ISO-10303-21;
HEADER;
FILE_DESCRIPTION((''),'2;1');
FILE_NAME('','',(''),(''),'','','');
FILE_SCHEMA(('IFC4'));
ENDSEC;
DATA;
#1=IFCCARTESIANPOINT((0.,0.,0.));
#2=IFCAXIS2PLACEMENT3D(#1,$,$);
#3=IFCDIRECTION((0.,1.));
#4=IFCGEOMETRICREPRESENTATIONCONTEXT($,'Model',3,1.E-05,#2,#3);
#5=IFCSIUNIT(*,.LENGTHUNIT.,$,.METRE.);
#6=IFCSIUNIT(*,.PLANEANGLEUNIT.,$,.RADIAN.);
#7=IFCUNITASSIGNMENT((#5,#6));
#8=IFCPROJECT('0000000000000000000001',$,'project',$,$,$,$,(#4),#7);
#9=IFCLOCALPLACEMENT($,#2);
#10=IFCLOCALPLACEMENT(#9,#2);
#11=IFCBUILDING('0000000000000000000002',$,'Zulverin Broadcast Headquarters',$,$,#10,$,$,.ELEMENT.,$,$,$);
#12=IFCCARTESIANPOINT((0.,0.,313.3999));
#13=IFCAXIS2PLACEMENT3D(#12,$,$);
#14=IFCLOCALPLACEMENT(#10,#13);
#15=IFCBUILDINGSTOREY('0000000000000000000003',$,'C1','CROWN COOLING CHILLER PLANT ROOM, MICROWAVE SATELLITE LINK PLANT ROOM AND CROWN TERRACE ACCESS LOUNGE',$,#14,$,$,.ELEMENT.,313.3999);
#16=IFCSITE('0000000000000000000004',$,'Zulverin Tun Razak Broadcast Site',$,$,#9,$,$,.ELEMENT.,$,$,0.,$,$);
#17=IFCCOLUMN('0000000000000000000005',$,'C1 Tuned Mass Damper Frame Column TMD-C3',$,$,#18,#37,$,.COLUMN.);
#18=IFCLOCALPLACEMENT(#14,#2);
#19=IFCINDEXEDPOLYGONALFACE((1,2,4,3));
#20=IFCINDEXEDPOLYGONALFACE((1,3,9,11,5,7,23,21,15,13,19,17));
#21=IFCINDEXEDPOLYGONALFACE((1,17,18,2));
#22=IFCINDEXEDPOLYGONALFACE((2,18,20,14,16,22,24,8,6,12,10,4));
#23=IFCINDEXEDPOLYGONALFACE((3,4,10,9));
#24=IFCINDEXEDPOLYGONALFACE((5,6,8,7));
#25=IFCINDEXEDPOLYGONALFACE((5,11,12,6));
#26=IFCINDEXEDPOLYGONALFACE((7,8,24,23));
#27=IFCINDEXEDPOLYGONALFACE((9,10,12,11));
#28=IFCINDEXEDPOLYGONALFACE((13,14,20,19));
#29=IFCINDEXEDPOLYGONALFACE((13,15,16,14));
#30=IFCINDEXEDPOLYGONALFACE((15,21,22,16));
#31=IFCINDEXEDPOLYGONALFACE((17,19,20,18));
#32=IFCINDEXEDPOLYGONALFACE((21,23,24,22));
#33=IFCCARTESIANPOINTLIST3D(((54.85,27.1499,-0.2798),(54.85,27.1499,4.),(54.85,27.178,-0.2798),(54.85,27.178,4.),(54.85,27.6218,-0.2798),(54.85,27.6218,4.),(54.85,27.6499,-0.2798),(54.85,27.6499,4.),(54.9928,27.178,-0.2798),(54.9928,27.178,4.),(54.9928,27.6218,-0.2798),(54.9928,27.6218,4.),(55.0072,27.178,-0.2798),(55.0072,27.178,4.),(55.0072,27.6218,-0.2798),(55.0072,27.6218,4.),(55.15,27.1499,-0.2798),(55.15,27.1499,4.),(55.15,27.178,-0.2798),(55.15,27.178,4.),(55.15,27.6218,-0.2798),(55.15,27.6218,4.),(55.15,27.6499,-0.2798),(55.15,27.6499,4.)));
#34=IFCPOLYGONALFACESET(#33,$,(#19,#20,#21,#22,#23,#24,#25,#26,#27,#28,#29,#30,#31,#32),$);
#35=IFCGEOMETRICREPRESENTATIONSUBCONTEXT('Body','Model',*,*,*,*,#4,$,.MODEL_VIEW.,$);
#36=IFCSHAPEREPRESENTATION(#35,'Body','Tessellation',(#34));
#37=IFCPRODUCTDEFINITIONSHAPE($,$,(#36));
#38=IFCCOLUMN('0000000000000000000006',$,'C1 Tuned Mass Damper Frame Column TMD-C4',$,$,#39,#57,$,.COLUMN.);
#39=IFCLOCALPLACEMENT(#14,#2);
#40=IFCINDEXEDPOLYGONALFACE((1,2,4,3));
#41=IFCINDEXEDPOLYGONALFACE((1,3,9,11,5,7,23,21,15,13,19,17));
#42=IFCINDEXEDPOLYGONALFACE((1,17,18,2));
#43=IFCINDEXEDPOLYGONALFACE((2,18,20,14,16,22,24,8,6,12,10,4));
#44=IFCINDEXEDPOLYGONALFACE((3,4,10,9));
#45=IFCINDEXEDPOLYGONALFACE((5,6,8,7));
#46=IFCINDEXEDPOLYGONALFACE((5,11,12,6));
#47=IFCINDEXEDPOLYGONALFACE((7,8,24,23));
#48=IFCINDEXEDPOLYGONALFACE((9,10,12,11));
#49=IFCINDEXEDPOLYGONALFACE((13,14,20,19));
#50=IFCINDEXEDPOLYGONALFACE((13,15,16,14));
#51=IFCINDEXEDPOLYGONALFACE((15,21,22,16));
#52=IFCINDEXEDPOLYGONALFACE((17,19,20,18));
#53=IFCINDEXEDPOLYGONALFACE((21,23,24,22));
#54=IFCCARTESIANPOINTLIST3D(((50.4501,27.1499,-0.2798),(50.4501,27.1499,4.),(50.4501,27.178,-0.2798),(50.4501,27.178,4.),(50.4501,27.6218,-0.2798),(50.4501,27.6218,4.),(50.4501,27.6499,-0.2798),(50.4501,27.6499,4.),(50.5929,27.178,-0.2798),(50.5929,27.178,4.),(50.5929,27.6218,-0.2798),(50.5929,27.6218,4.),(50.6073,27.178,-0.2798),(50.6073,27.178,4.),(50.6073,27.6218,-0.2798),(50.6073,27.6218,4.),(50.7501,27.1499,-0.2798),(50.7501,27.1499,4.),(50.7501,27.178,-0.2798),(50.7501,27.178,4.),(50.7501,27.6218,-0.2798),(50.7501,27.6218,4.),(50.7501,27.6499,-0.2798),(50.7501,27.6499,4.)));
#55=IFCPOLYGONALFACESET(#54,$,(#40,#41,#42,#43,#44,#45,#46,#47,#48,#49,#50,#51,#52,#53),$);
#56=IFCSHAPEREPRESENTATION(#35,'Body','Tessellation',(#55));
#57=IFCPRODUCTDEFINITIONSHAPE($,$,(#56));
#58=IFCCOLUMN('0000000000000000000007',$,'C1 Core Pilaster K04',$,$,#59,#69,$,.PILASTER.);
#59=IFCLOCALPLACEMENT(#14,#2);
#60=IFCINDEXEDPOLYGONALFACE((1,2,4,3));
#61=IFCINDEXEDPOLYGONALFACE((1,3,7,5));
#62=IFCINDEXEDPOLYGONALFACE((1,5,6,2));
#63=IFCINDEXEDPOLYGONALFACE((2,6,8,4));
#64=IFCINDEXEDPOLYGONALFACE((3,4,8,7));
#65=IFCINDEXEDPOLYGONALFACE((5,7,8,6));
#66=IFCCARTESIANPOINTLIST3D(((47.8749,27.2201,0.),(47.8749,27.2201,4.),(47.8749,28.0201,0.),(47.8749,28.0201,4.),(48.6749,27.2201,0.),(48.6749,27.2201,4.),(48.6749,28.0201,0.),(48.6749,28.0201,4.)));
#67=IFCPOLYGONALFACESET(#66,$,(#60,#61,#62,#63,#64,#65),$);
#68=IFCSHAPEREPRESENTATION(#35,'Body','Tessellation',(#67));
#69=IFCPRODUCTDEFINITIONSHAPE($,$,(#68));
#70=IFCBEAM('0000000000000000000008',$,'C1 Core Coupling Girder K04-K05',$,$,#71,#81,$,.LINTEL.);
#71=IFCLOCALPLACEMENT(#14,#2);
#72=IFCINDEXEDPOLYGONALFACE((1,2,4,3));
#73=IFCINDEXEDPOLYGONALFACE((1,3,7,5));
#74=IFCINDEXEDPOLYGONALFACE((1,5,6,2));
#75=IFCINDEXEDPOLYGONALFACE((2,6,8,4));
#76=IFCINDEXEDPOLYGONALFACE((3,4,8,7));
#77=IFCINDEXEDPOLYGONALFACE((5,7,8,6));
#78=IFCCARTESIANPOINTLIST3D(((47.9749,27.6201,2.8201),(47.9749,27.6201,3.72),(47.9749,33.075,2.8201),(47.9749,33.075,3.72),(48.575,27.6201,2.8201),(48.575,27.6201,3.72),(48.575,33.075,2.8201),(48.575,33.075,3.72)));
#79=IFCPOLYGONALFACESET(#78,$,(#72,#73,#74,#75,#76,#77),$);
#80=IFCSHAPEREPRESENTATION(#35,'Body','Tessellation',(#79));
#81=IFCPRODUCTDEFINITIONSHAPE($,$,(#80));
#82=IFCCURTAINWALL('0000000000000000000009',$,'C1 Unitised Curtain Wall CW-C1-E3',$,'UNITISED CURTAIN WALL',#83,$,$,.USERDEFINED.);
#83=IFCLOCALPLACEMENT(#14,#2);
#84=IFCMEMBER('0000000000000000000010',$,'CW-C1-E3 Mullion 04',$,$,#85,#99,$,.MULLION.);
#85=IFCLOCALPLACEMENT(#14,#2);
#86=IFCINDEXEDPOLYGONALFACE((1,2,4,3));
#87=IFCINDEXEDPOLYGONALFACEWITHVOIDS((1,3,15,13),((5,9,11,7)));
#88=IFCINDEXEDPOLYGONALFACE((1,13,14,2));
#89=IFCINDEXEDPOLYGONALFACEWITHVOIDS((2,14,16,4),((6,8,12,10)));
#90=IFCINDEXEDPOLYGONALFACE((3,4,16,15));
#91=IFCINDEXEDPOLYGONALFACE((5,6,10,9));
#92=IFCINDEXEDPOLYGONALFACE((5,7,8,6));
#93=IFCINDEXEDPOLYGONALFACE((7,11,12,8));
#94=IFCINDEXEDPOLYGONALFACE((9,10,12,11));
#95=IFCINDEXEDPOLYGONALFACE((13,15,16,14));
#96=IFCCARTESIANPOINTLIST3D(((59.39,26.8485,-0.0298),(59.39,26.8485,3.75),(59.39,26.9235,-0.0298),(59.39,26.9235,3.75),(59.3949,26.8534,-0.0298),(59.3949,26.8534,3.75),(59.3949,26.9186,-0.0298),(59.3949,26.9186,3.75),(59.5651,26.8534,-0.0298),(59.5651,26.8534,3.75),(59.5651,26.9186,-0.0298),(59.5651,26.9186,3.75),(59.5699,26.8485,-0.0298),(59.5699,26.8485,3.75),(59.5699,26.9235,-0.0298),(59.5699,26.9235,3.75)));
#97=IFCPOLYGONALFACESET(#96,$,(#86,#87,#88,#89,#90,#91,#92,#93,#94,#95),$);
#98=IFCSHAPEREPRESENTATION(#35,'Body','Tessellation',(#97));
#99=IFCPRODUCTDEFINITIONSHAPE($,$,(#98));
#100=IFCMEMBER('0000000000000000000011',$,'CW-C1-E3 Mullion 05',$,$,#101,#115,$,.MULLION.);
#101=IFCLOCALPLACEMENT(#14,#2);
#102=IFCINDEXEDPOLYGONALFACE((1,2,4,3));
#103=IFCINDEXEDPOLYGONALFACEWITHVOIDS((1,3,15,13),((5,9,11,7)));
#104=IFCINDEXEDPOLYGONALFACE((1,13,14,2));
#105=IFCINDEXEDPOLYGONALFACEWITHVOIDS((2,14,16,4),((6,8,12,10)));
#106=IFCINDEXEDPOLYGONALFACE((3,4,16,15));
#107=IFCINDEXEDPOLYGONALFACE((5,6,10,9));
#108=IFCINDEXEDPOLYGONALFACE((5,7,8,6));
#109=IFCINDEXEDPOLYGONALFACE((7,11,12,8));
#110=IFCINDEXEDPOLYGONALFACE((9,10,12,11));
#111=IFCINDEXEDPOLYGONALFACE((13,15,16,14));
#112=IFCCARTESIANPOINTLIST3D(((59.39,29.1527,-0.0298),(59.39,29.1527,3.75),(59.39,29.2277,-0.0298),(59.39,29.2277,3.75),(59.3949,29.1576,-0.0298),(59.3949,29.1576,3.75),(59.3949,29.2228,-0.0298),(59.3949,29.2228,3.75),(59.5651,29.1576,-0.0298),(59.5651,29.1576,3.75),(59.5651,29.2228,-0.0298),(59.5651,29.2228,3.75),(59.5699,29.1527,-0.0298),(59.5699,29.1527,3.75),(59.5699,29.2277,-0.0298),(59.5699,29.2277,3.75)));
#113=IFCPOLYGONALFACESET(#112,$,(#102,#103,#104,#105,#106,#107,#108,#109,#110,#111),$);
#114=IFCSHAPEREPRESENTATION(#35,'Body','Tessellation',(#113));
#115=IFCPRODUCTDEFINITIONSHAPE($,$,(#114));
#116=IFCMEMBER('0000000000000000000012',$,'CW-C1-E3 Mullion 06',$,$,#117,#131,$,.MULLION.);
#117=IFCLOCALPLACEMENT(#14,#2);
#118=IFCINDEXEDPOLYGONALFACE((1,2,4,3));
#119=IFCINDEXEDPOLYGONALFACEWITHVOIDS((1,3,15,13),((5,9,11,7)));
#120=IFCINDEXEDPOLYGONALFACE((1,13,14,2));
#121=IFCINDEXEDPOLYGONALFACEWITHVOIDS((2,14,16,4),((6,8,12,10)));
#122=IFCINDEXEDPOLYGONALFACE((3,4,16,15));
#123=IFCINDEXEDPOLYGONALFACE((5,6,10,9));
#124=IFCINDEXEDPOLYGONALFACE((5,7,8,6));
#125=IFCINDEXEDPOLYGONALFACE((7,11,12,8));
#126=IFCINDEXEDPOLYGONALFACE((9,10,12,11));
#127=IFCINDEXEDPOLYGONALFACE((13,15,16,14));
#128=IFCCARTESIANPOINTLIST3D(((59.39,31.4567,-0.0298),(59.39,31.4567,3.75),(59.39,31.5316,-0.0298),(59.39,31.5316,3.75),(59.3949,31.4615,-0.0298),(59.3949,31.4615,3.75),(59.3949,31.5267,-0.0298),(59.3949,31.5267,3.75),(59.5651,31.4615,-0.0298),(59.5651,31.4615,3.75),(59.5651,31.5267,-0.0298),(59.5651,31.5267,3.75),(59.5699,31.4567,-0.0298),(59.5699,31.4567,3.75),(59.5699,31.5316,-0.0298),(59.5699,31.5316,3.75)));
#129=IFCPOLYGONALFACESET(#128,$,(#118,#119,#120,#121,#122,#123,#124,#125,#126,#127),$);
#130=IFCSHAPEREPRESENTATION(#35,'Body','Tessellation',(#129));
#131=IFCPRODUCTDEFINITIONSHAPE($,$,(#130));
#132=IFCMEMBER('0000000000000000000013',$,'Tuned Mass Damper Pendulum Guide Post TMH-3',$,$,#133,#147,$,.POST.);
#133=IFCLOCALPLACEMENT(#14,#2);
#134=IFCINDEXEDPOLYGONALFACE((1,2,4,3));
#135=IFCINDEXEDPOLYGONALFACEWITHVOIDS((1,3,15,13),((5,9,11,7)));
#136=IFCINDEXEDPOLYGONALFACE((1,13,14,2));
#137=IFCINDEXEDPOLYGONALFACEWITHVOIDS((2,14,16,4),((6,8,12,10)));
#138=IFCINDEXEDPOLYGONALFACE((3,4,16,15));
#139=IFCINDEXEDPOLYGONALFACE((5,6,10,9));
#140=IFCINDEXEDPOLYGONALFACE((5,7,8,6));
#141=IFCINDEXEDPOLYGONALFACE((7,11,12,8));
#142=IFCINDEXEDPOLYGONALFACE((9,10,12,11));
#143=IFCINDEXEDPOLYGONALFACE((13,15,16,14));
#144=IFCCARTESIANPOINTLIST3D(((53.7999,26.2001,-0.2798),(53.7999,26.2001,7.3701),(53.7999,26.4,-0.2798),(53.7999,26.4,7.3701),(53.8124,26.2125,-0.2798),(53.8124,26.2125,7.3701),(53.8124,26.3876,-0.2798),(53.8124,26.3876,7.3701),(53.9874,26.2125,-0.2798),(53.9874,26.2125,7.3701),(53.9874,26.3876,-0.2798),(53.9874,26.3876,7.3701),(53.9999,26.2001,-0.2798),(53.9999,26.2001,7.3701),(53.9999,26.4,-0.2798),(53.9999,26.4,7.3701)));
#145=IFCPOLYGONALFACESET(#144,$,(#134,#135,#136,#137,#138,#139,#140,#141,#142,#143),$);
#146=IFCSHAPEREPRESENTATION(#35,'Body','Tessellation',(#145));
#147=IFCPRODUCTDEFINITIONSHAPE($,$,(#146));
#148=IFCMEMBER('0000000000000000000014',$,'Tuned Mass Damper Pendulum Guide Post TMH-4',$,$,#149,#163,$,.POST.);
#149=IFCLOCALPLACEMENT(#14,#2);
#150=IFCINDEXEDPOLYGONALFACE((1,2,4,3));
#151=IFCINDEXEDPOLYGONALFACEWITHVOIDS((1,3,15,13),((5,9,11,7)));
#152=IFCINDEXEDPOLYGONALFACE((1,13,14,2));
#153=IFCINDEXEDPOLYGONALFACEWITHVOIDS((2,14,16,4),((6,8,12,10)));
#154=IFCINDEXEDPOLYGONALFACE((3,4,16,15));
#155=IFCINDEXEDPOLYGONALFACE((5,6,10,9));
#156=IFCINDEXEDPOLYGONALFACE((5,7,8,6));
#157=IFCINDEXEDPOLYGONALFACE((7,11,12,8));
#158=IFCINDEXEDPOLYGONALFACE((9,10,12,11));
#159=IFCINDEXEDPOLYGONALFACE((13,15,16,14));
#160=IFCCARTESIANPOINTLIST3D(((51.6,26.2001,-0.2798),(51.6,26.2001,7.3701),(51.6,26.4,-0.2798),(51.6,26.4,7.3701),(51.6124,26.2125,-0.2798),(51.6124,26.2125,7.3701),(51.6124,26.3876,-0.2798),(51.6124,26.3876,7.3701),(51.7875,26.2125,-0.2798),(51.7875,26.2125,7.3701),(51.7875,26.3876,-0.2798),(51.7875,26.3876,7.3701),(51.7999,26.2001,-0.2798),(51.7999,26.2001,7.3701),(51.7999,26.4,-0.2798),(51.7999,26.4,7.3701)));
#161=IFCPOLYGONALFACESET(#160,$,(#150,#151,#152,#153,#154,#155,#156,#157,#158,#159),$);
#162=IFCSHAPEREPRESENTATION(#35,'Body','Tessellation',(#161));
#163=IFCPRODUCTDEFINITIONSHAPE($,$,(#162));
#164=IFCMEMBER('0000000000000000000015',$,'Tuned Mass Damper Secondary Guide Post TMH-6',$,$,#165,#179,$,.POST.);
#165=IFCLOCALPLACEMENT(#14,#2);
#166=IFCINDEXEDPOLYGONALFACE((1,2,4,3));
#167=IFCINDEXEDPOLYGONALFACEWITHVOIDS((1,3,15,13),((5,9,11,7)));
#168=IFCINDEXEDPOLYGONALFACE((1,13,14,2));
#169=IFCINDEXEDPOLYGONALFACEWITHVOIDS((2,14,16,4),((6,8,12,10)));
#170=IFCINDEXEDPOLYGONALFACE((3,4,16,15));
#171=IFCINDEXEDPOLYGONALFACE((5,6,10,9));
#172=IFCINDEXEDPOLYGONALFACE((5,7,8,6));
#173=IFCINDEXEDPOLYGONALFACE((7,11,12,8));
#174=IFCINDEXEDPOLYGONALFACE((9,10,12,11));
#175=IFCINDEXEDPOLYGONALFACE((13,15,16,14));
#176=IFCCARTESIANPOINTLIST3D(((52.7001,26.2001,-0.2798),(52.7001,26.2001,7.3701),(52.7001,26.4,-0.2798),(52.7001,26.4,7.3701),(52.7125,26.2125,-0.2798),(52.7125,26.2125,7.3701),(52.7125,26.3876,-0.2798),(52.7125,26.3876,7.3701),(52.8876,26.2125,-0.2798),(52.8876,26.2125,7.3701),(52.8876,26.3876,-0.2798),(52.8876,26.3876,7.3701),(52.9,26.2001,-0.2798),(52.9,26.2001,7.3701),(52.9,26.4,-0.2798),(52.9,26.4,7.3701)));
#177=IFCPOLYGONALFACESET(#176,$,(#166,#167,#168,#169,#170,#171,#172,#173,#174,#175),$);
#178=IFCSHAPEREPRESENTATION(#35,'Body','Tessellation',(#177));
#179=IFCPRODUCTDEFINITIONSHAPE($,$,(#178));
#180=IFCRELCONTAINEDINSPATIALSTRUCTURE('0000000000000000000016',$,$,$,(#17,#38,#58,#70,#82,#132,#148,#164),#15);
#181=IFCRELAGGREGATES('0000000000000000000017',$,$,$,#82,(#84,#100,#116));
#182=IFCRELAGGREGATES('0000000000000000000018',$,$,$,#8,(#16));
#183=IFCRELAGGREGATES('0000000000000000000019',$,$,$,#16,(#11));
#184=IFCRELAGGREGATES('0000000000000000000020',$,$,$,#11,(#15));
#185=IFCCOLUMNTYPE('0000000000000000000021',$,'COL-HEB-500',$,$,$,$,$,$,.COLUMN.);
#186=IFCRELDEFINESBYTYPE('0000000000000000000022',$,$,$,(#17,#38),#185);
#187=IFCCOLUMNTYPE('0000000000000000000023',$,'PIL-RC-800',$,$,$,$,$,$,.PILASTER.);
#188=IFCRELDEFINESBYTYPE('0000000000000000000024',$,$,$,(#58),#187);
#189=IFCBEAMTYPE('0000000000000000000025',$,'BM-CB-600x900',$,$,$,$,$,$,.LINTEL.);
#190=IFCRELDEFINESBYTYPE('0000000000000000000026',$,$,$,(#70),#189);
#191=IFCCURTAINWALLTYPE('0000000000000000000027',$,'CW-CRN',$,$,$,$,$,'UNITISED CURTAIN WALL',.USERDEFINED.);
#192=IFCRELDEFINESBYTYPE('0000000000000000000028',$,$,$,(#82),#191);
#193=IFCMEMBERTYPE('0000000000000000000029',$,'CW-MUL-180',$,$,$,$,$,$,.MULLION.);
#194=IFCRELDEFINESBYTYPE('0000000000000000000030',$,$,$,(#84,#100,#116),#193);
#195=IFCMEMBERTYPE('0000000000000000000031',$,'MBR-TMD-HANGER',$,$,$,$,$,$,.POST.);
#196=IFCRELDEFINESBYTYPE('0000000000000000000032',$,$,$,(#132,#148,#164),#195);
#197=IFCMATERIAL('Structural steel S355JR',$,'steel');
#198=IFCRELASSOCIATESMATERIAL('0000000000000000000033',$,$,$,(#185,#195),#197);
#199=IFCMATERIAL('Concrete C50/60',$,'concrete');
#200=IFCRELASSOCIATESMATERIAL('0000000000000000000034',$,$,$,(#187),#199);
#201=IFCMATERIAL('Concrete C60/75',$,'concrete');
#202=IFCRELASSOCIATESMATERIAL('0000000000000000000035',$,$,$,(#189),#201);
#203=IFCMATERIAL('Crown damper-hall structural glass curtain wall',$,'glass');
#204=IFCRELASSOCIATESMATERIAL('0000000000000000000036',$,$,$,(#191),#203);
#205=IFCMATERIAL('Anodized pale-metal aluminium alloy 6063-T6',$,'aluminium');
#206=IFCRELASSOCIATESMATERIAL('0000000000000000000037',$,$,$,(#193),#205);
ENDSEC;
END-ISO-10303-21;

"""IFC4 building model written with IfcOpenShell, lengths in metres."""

from ifc_helpers import new_model, si_unit, direction, frame, origin, origin_2d, place, context, subcontext, project, spatial, rectangle, hollow_rectangle, i_section, extrude, material, material_profile, profile_set, type_object, element, aggregate, save


model = new_model("IFC4")

# Units and contexts
model_context = context("Model", 3, precision=1e-05, world=origin(), true_north=direction((0.0, 1.0)))
body_context = subcontext(model_context, "Body", "Model", "MODEL_VIEW")
ifc_project = project(units=[si_unit("LENGTHUNIT", "METRE"), si_unit("PLANEANGLEUNIT", "RADIAN")], contexts=[model_context])

# Site, building, storey
site_placement = place(None, origin())
site = spatial("IfcSite", under=ifc_project, at=site_placement, Name="Zulverin Tun Razak Broadcast Site", CompositionType="ELEMENT", RefElevation=0.0)
building_placement = place(site_placement, origin())
building = spatial("IfcBuilding", under=site, at=building_placement, Name="Zulverin Broadcast Headquarters", CompositionType="ELEMENT")
storey_placement = place(building_placement, frame((0.0, 0.0, 313.3999)))
storey = spatial("IfcBuildingStorey", under=building, at=storey_placement, Name="C1", Description="CROWN COOLING CHILLER PLANT ROOM, MICROWAVE SATELLITE LINK PLANT ROOM AND CROWN TERRACE ACCESS LOUNGE", CompositionType="ELEMENT", Elevation=313.3999)

# Columns
ifc_material_1 = material(Name="Structural steel S355JR", Category="steel")
ifc_material_profile_1 = material_profile(ifc_material_1, i_section(OverallWidth=0.3, OverallDepth=0.5, WebThickness=0.0144, FlangeThickness=0.0281, at=origin_2d()), Name="Structural steel S355JR", Category="steel")
ifc_profile_set_1 = profile_set([ifc_material_profile_1], Name="Structural steel S355JR")
column_type_1 = type_object("IfcColumnType", Name="COL-HEB-500", PredefinedType="COLUMN", material=ifc_profile_set_1)
for number, where, z_axis, x_axis, name in (
    (1, (55.0, 27.3999, -0.2798), (0.0, 0.0, 1.0), (1.0, 0.0, 0.0), "C1 Tuned Mass Damper Frame Column TMD-C3"),
    (2, (50.6001, 27.3999, -0.2798), (0.0, 0.0, 1.0), (1.0, 0.0, 0.0), "C1 Tuned Mass Damper Frame Column TMD-C4"),
):
    element("IfcColumn", number, at=place(storey_placement, frame(where, z_axis=z_axis, x_axis=x_axis)), inside=storey, type_object=column_type_1, Name=name, PredefinedType="COLUMN", context=body_context, shape_type="SweptSolid", body=[
        extrude(i_section(OverallWidth=0.3, OverallDepth=0.5, WebThickness=0.0144, FlangeThickness=0.0281, at=origin_2d()), origin(), (0.0, 0.0, 1.0), 4.2798),
    ])
ifc_material_2 = material(Name="Concrete C50/60", Category="concrete")
ifc_material_profile_2 = material_profile(ifc_material_2, rectangle(XDim=0.8, YDim=0.8, at=origin_2d()), Name="Concrete C50/60", Category="concrete")
ifc_profile_set_2 = profile_set([ifc_material_profile_2], Name="Concrete C50/60")
column_type_2 = type_object("IfcColumnType", Name="PIL-RC-800", PredefinedType="PILASTER", material=ifc_profile_set_2)
column_placement = place(storey_placement, frame((48.2749, 27.6201, 0.0), z_axis=(0.0, 0.0, 1.0), x_axis=(1.0, 0.0, 0.0)))
element("IfcColumn", 3, at=column_placement, inside=storey, type_object=column_type_2, Name="C1 Core Pilaster K04", PredefinedType="PILASTER", context=body_context, shape_type="SweptSolid", body=[
    extrude(rectangle(XDim=0.8, YDim=0.8, at=origin_2d()), origin(), (0.0, 0.0, 1.0), 4.0),
])

# Beam
ifc_material_3 = material(Name="Concrete C60/75", Category="concrete")
ifc_material_profile_3 = material_profile(ifc_material_3, rectangle(XDim=0.6001, YDim=0.8999, at=origin_2d()), Name="Concrete C60/75", Category="concrete")
ifc_profile_set_3 = profile_set([ifc_material_profile_3], Name="Concrete C60/75")
beam_type = type_object("IfcBeamType", Name="BM-CB-600x900", PredefinedType="LINTEL", material=ifc_profile_set_3)
beam_placement = place(storey_placement, frame((48.2749, 27.6201, 3.27), z_axis=(0.0, 1.0, 0.0), x_axis=(-1.0, 0.0, 0.0)))
element("IfcBeam", 4, at=beam_placement, inside=storey, type_object=beam_type, Name="C1 Core Coupling Girder K04-K05", PredefinedType="LINTEL", context=body_context, shape_type="SweptSolid", body=[
    extrude(rectangle(XDim=0.6001, YDim=0.8999, at=origin_2d()), origin(), (0.0, 0.0, 1.0), 5.4548),
])

# Curtain wall, members
ifc_material_4 = material(Name="Crown damper-hall structural glass curtain wall", Category="glass")
curtain_wall_type = type_object("IfcCurtainWallType", Name="CW-CRN", ElementType="UNITISED CURTAIN WALL", PredefinedType="USERDEFINED", material=ifc_material_4)
curtain_wall_placement = place(storey_placement, origin())
curtain_wall = element("IfcCurtainWall", 5, at=curtain_wall_placement, inside=storey, type_object=curtain_wall_type, Name="C1 Unitised Curtain Wall CW-C1-E3", ObjectType="UNITISED CURTAIN WALL", PredefinedType="USERDEFINED")
ifc_material_5 = material(Name="Anodized pale-metal aluminium alloy 6063-T6", Category="aluminium")
ifc_material_profile_4 = material_profile(ifc_material_5, hollow_rectangle(XDim=0.075, YDim=0.1799, WallThickness=0.0049, at=origin_2d()), Name="Anodized pale-metal aluminium alloy 6063-T6", Category="aluminium")
ifc_profile_set_4 = profile_set([ifc_material_profile_4], Name="Anodized pale-metal aluminium alloy 6063-T6")
member_type_1 = type_object("IfcMemberType", Name="CW-MUL-180", PredefinedType="MULLION", material=ifc_profile_set_4)
member_1_placement = place(storey_placement, frame((59.48, 26.886, -0.0298), z_axis=(0.0, 0.0, 1.0), x_axis=(0.0, 1.0, 0.0)))
member_1 = element("IfcMember", 6, at=member_1_placement, type_object=member_type_1, Name="CW-C1-E3 Mullion 04", PredefinedType="MULLION", context=body_context, shape_type="SweptSolid", body=[
    extrude(hollow_rectangle(XDim=0.075, YDim=0.1799, WallThickness=0.0049, at=origin_2d()), origin(), (0.0, 0.0, 1.0), 3.7798),
])
member_2_placement = place(storey_placement, frame((59.48, 29.1902, -0.0298), z_axis=(0.0, 0.0, 1.0), x_axis=(0.0, 1.0, 0.0)))
member_2 = element("IfcMember", 7, at=member_2_placement, type_object=member_type_1, Name="CW-C1-E3 Mullion 05", PredefinedType="MULLION", context=body_context, shape_type="SweptSolid", body=[
    extrude(hollow_rectangle(XDim=0.075, YDim=0.1799, WallThickness=0.0049, at=origin_2d()), origin(), (0.0, 0.0, 1.0), 3.7798),
])
member_3_placement = place(storey_placement, frame((59.48, 31.4941, -0.0298), z_axis=(0.0, 0.0, 1.0), x_axis=(0.0, 1.0, 0.0)))
member_3 = element("IfcMember", 8, at=member_3_placement, type_object=member_type_1, Name="CW-C1-E3 Mullion 06", PredefinedType="MULLION", context=body_context, shape_type="SweptSolid", body=[
    extrude(hollow_rectangle(XDim=0.075, YDim=0.1799, WallThickness=0.0049, at=origin_2d()), origin(), (0.0, 0.0, 1.0), 3.7798),
])

# Members
ifc_material_profile_5 = material_profile(ifc_material_1, hollow_rectangle(XDim=0.2, YDim=0.2, WallThickness=0.0125, at=origin_2d()), Name="Structural steel S355JR", Category="steel")
ifc_profile_set_5 = profile_set([ifc_material_profile_5], Name="Structural steel S355JR")
member_type_2 = type_object("IfcMemberType", Name="MBR-TMD-HANGER", PredefinedType="POST", material=ifc_profile_set_5)
for number, where, z_axis, x_axis, name in (
    (9, (53.8999, 26.3, -0.2798), (0.0, 0.0, 1.0), (1.0, 0.0, 0.0), "Tuned Mass Damper Pendulum Guide Post TMH-3"),
    (10, (51.7, 26.3, -0.2798), (0.0, 0.0, 1.0), (1.0, 0.0, 0.0), "Tuned Mass Damper Pendulum Guide Post TMH-4"),
    (11, (52.8, 26.3, -0.2798), (0.0, 0.0, 1.0), (1.0, 0.0, 0.0), "Tuned Mass Damper Secondary Guide Post TMH-6"),
):
    element("IfcMember", number, at=place(storey_placement, frame(where, z_axis=z_axis, x_axis=x_axis)), inside=storey, type_object=member_type_2, Name=name, PredefinedType="POST", context=body_context, shape_type="SweptSolid", body=[
        extrude(hollow_rectangle(XDim=0.2, YDim=0.2, WallThickness=0.0125, at=origin_2d()), origin(), (0.0, 0.0, 1.0), 7.6499),
    ])

aggregate(curtain_wall, [member_1, member_2, member_3])

save(model, "model.ifc")
